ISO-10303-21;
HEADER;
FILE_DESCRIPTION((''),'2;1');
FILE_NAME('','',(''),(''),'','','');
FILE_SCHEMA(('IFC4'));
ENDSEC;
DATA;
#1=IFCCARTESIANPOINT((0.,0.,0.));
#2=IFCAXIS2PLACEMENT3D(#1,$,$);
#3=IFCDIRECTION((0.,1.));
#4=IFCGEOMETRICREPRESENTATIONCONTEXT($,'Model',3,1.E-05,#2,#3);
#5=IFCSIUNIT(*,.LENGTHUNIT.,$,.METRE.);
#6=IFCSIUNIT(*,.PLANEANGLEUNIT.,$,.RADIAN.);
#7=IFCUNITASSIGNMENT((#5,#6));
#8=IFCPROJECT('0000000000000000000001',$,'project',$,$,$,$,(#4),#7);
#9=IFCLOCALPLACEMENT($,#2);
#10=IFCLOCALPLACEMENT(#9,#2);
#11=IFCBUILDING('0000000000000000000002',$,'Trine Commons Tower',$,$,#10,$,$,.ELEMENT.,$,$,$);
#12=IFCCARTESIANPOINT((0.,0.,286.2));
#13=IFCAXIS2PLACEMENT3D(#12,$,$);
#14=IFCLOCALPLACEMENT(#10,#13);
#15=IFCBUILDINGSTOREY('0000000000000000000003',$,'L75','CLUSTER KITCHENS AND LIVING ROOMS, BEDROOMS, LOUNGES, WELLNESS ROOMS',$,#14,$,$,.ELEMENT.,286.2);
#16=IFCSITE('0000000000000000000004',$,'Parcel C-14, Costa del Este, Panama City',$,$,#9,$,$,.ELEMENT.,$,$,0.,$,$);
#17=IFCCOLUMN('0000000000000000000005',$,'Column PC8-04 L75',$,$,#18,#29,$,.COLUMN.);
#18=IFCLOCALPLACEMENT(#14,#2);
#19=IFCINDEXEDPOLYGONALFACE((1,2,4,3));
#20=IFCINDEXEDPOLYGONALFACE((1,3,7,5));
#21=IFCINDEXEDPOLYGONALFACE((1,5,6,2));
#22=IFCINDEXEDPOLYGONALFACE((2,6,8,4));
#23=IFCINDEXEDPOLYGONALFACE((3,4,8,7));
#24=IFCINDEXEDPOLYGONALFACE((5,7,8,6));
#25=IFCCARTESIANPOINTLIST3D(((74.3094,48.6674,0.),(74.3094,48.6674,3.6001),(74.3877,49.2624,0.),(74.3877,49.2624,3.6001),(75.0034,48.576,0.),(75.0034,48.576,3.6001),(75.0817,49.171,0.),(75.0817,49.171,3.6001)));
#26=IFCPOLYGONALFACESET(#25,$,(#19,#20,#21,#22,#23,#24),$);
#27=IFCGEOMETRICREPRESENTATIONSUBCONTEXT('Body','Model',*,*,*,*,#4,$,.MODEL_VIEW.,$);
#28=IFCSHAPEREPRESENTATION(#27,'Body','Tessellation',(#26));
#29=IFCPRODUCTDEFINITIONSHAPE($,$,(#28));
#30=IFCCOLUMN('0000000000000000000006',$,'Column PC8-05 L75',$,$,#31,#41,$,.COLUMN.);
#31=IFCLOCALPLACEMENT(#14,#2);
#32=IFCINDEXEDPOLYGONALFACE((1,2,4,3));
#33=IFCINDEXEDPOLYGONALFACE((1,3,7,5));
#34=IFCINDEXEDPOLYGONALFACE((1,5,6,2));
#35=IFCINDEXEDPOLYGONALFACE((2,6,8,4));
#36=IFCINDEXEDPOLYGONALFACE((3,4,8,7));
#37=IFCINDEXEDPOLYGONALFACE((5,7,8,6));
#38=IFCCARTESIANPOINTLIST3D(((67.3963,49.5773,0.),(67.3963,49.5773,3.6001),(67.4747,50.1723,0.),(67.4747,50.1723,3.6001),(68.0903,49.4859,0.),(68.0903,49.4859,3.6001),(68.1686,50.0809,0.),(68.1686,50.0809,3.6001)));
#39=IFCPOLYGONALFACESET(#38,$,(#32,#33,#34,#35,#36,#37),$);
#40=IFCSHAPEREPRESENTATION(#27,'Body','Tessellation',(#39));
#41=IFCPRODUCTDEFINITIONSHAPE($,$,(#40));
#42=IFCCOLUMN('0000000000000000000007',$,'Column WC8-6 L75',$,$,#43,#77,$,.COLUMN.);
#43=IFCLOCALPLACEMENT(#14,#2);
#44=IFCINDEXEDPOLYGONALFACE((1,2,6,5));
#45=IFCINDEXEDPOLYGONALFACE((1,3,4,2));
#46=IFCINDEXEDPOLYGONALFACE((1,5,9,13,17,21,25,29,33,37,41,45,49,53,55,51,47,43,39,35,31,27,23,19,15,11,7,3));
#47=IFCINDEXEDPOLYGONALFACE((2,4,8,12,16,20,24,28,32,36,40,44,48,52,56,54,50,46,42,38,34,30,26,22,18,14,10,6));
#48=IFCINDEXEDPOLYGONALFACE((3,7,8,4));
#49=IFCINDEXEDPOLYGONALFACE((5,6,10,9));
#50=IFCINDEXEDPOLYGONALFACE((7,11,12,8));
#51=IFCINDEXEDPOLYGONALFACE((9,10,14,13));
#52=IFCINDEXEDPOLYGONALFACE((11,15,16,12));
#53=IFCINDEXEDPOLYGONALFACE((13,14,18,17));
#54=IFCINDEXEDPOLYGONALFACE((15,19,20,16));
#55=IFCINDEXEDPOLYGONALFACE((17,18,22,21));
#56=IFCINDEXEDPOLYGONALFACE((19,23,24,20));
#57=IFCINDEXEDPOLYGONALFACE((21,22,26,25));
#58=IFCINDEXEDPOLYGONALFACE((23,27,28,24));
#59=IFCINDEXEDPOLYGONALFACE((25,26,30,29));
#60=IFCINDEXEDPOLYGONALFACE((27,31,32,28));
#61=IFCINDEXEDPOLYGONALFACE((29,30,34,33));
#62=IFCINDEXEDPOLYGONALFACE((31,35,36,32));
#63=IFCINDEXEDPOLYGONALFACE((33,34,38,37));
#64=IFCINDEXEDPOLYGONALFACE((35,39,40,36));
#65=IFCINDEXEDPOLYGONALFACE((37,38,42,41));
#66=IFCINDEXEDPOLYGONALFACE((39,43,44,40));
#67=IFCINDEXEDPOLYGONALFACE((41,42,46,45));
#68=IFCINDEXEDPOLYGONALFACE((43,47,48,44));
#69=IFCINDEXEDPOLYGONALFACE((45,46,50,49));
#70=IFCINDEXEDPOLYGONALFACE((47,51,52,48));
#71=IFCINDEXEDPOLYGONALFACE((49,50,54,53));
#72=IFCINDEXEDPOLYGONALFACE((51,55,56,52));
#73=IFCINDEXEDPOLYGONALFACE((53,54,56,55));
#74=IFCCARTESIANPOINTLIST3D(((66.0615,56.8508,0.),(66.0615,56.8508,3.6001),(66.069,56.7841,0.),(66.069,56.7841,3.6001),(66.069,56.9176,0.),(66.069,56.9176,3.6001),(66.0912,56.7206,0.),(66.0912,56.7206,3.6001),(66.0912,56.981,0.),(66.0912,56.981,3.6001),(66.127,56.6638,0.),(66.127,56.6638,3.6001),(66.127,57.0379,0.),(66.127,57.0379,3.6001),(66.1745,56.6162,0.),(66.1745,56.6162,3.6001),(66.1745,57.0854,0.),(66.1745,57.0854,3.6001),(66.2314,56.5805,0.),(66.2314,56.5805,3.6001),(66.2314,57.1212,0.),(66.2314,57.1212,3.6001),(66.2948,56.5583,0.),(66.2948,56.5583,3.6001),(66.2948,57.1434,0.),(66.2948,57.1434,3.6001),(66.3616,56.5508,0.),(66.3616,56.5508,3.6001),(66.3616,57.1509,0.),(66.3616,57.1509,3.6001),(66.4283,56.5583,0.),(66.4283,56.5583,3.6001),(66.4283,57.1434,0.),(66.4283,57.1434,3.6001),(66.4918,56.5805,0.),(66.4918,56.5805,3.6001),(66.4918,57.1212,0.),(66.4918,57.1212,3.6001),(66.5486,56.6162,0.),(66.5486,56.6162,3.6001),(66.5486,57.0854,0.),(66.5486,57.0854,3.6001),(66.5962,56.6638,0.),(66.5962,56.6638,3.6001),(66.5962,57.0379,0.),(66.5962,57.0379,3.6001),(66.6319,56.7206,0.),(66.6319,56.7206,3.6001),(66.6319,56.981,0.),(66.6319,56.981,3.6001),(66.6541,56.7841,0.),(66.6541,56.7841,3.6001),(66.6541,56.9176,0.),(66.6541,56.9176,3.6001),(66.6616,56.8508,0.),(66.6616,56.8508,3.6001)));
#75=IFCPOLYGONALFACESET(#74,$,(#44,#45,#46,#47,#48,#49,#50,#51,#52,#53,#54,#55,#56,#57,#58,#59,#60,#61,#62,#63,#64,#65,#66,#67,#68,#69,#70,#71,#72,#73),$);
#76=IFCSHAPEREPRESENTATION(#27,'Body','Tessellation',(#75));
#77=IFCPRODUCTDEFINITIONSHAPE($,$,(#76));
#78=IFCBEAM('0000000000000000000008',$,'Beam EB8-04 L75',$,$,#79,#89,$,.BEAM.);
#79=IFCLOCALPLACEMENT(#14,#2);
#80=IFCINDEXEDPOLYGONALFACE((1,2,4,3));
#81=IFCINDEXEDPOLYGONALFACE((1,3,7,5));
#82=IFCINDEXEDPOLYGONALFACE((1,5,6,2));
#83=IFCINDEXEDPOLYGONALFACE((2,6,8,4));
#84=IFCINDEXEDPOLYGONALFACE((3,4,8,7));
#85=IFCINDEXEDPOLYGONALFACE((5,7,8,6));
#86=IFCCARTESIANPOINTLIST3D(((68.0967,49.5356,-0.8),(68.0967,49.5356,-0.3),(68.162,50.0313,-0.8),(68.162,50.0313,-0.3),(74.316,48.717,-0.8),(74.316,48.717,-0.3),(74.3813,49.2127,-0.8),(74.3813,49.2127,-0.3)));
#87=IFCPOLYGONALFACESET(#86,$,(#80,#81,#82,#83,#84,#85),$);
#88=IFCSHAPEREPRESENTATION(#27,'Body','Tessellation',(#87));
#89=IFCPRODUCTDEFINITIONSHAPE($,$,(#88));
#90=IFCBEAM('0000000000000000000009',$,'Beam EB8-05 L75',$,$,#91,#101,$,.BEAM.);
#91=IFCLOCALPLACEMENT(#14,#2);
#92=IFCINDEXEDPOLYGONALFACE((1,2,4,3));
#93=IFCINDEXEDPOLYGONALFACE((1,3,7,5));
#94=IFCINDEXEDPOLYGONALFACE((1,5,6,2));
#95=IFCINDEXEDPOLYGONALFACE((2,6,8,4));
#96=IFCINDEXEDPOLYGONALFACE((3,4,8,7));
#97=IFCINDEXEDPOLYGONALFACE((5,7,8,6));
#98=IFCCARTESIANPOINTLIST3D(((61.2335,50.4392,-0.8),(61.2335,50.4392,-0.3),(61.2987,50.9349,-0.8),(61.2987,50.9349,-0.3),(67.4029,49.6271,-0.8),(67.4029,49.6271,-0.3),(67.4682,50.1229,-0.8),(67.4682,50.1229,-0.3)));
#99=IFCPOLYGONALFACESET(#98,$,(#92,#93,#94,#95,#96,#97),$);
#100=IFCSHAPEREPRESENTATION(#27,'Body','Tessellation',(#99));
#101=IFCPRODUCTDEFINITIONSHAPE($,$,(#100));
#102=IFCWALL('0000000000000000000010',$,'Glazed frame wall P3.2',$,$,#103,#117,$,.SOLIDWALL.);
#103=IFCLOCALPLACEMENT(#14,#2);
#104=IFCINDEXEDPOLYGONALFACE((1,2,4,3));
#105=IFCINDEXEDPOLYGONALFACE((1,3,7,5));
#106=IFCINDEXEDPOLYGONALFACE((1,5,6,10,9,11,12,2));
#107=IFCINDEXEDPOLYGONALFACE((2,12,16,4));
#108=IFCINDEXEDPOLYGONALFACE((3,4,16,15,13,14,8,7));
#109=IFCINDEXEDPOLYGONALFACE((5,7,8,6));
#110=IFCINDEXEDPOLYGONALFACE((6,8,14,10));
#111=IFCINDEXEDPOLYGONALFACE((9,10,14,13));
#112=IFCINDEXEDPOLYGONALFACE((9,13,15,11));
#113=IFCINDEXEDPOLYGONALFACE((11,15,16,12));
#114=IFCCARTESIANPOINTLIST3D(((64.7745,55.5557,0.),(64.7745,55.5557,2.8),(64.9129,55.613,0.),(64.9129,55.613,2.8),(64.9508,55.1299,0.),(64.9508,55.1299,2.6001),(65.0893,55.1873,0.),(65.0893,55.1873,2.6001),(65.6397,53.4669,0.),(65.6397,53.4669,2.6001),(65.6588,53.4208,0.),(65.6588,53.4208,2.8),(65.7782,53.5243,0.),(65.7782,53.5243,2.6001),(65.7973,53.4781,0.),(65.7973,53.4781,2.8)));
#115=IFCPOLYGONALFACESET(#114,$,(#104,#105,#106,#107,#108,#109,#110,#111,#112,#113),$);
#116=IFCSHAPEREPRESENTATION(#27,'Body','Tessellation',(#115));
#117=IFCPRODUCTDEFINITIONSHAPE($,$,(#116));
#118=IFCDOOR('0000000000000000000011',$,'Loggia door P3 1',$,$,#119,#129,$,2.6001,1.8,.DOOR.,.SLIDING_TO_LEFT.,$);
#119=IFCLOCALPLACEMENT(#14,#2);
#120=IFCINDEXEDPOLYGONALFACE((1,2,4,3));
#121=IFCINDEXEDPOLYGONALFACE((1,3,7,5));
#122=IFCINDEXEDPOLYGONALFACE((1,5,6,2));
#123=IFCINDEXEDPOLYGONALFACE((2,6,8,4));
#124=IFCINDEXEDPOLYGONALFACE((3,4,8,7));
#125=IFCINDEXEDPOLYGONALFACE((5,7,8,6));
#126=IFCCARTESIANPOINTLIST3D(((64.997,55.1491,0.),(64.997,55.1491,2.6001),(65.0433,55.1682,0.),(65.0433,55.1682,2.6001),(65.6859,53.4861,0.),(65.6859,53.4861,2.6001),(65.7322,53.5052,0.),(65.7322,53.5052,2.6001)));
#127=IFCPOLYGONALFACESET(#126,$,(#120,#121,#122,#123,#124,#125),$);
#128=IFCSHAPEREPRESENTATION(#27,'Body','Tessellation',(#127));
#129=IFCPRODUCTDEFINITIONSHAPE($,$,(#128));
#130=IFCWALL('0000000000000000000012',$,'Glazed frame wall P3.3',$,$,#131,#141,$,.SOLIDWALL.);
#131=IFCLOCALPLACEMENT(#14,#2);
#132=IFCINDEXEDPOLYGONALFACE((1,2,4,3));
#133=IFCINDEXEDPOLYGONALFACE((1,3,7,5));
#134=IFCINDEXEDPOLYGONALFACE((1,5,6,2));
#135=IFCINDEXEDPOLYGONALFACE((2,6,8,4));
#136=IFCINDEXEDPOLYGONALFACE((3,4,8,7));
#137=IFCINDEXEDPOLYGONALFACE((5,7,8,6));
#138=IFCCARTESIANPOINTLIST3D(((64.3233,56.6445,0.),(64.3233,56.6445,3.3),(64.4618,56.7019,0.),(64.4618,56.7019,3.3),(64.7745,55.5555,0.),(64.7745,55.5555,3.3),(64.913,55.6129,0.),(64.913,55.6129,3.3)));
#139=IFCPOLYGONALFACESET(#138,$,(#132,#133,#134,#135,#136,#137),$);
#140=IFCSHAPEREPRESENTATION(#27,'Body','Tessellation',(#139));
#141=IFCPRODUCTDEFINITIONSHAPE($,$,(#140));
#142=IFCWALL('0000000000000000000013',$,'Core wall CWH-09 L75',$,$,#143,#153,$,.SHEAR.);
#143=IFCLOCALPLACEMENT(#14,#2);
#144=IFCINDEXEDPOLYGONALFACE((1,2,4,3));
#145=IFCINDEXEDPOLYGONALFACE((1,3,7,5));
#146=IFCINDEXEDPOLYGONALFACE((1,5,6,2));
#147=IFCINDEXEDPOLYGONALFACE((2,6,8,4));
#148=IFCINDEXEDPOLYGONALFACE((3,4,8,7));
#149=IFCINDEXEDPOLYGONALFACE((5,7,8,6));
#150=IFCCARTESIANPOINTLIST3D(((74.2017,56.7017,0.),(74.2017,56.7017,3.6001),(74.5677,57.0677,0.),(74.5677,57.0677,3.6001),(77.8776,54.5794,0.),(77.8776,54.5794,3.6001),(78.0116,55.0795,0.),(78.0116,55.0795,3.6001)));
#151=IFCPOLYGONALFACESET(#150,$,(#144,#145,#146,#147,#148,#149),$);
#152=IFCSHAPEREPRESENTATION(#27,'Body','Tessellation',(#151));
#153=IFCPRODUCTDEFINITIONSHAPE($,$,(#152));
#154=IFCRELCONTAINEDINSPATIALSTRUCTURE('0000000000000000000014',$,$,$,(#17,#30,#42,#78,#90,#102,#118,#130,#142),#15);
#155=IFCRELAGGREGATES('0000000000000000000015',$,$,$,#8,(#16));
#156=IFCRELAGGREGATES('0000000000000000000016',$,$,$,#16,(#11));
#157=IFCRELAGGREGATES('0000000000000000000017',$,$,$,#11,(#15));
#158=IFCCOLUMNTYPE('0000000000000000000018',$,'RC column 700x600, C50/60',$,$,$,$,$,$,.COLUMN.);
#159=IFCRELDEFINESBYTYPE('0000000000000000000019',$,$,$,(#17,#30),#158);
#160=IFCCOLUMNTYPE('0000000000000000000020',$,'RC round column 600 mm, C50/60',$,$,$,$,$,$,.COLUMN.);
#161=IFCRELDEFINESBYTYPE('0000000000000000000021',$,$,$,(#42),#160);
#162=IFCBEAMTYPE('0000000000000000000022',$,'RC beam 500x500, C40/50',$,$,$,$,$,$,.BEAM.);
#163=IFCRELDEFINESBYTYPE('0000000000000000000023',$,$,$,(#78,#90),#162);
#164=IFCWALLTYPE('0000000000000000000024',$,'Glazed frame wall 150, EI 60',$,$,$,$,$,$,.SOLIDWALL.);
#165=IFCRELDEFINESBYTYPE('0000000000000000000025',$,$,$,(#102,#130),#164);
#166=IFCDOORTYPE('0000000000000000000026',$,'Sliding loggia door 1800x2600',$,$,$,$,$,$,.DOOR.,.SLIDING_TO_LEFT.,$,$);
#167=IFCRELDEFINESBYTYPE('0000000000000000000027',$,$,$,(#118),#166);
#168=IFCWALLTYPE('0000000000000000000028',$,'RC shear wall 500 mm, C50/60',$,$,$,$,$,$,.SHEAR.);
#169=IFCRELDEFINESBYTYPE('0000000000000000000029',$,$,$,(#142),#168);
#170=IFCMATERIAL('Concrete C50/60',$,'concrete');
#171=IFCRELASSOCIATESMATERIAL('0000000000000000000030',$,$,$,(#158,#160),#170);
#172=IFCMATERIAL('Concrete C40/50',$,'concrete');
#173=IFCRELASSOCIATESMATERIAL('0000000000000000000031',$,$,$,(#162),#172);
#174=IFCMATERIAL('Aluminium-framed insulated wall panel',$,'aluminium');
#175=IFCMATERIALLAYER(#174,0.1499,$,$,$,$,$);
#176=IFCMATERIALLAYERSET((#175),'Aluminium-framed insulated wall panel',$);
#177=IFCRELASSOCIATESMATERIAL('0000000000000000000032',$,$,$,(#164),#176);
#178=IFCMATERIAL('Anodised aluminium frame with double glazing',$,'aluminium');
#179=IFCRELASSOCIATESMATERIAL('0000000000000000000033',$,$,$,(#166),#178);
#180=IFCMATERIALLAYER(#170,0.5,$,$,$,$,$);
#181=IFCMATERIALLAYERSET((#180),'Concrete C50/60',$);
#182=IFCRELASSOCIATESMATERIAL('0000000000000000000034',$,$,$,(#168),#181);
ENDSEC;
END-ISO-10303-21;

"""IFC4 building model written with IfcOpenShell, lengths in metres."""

from ifc_helpers import new_model, si_unit, direction, frame, frame_2d, origin, origin_2d, place, context, subcontext, project, spatial, polyline, rectangle, circle, outline, extrude, material, layer, layer_set, material_profile, profile_set, type_object, element, fill, save


model = new_model("IFC4")

# Units and contexts
model_context = context("Model", 3, precision=1e-05, world=origin(), true_north=direction((0.0, 1.0)))
body_context = subcontext(model_context, "Body", "Model", "MODEL_VIEW")
ifc_project = project(units=[si_unit("LENGTHUNIT", "METRE"), si_unit("PLANEANGLEUNIT", "RADIAN")], contexts=[model_context])

# Site, building, storey
site_placement = place(None, origin())
site = spatial("IfcSite", under=ifc_project, at=site_placement, Name="Parcel C-14, Costa del Este, Panama City", CompositionType="ELEMENT", RefElevation=0.0)
building_placement = place(site_placement, origin())
building = spatial("IfcBuilding", under=site, at=building_placement, Name="Trine Commons Tower", CompositionType="ELEMENT")
storey_placement = place(building_placement, frame((0.0, 0.0, 286.2)))
storey = spatial("IfcBuildingStorey", under=building, at=storey_placement, Name="L75", Description="CLUSTER KITCHENS AND LIVING ROOMS, BEDROOMS, LOUNGES, WELLNESS ROOMS", CompositionType="ELEMENT", Elevation=286.2)

# Columns
ifc_material_1 = material(Name="Concrete C50/60", Category="concrete")
ifc_material_profile_1 = material_profile(ifc_material_1, rectangle(XDim=0.7, YDim=0.6001, at=origin_2d()), Name="RC 700x600")
ifc_profile_set_1 = profile_set([ifc_material_profile_1], Name="Concrete C50/60")
column_type_1 = type_object("IfcColumnType", Name="RC column 700x600, C50/60", PredefinedType="COLUMN", material=ifc_profile_set_1)
for number, where, z_axis, x_axis, name in (
    (1, (74.6956, 48.9192, 0.0), (0.0, 0.0, 1.0), (-0.991445, 0.130526, 0.0), "Column PC8-04 L75"),
    (2, (67.7825, 49.8291, 0.0), (0.0, 0.0, 1.0), (-0.991445, 0.130526, 0.0), "Column PC8-05 L75"),
):
    element("IfcColumn", number, at=place(storey_placement, frame(where, z_axis=z_axis, x_axis=x_axis)), inside=storey, type_object=column_type_1, Name=name, PredefinedType="COLUMN", context=body_context, shape_type="SweptSolid", body=[
        extrude(rectangle(XDim=0.7, YDim=0.6001, at=origin_2d()), origin(), (0.0, 0.0, 1.0), 3.6001),
    ])
ifc_material_profile_2 = material_profile(ifc_material_1, circle(Radius=0.3, at=origin_2d()), Name="RC round 600")
ifc_profile_set_2 = profile_set([ifc_material_profile_2], Name="Concrete C50/60")
column_type_2 = type_object("IfcColumnType", Name="RC round column 600 mm, C50/60", PredefinedType="COLUMN", material=ifc_profile_set_2)
column_placement = place(storey_placement, frame((66.3616, 56.8508, 0.0), z_axis=(0.0, 0.0, 1.0), x_axis=(1.0, 0.0, 0.0)))
element("IfcColumn", 3, at=column_placement, inside=storey, type_object=column_type_2, Name="Column WC8-6 L75", PredefinedType="COLUMN", context=body_context, shape_type="SweptSolid", body=[
    extrude(circle(Radius=0.3, at=origin_2d()), origin(), (0.0, 0.0, 1.0), 3.6001),
])

# Beams
ifc_material_2 = material(Name="Concrete C40/50", Category="concrete")
ifc_material_profile_3 = material_profile(ifc_material_2, rectangle(XDim=0.5, YDim=0.5, at=origin_2d()), Name="RC 500x500")
ifc_profile_set_3 = profile_set([ifc_material_profile_3], Name="Concrete C40/50")
beam_type = type_object("IfcBeamType", Name="RC beam 500x500, C40/50", PredefinedType="BEAM", material=ifc_profile_set_3)
beam_1_placement = place(storey_placement, frame((74.3486, 48.9648, -0.55), z_axis=(-0.991448, 0.130499, 0.0), x_axis=(-0.130499, -0.991448, 0.0)))
element("IfcBeam", 4, at=beam_1_placement, inside=storey, type_object=beam_type, Name="Beam EB8-04 L75", PredefinedType="BEAM", context=body_context, shape_type="SweptSolid", body=[
    extrude(rectangle(XDim=0.5, YDim=0.5, at=origin_2d()), origin(), (0.0, 0.0, 1.0), 6.2729),
])
beam_2_placement = place(storey_placement, frame((67.4355, 49.875, -0.55), z_axis=(-0.991449, 0.130493, 0.0), x_axis=(-0.130493, -0.991449, 0.0)))
element("IfcBeam", 5, at=beam_2_placement, inside=storey, type_object=beam_type, Name="Beam EB8-05 L75", PredefinedType="BEAM", context=body_context, shape_type="SweptSolid", body=[
    extrude(rectangle(XDim=0.5, YDim=0.5, at=origin_2d()), origin(), (0.0, 0.0, 1.0), 6.2227),
])

# Shared definitions
ifc_material_3 = material(Name="Aluminium-framed insulated wall panel", Category="aluminium")
ifc_layer_1 = layer(ifc_material_3, 0.1499)
ifc_layer_set_1 = layer_set([ifc_layer_1], Name="Aluminium-framed insulated wall panel")
wall_type_1 = type_object("IfcWallType", Name="Glazed frame wall 150, EI 60", PredefinedType="SOLIDWALL", material=ifc_layer_set_1)

# Wall, opening, door
wall_1_placement = place(storey_placement, frame((65.728, 53.4495, 0.0), z_axis=(0.0, 0.0, 1.0), x_axis=(-0.382694, 0.923875, 0.0)))
wall_1 = element("IfcWall", 6, at=wall_1_placement, inside=storey, type_object=wall_type_1, Name="Glazed frame wall P3.2", PredefinedType="SOLIDWALL", context=body_context, shape_type="SweptSolid", body=[
    extrude(outline(polyline([(0.0, -0.075), (2.3108, -0.075), (2.3108, 0.075), (0.0, 0.075), (0.0, -0.075)])), origin(), (0.0, 0.0, 1.0), 2.8),
])
opening_1_placement = place(wall_1_placement, frame((0.05, 0.0, 0.0)))
opening_1 = element("IfcOpeningElement", 7, at=opening_1_placement, cuts=wall_1, PredefinedType="OPENING", context=body_context, shape_type="SweptSolid", body=[
    extrude(rectangle(XDim=1.8, YDim=2.6001, at=frame_2d((0.8999, 1.3))), frame((0.0, 0.085, 0.0), z_axis=(0.0, -1.0, 0.0), x_axis=(1.0, 0.0, 0.0)), (0.0, 0.0, 1.0), 0.1699),
])
ifc_material_4 = material(Name="Anodised aluminium frame with double glazing", Category="aluminium")
door_type_1 = type_object("IfcDoorType", Name="Sliding loggia door 1800x2600", OperationType="SLIDING_TO_LEFT", PredefinedType="DOOR", material=ifc_material_4)
door_1_placement = place(opening_1_placement, origin())
door_1 = element("IfcDoor", 8, at=door_1_placement, inside=storey, type_object=door_type_1, Name="Loggia door P3 1", OperationType="SLIDING_TO_LEFT", OverallHeight=2.6001, OverallWidth=1.8, PredefinedType="DOOR", context=body_context, shape_type="SweptSolid", body=[
    extrude(rectangle(XDim=1.8, YDim=2.6001, at=frame_2d((0.8999, 1.3))), frame((0.0, 0.0249, 0.0), z_axis=(0.0, -1.0, 0.0), x_axis=(1.0, 0.0, 0.0)), (0.0, 0.0, 1.0), 0.05),
])
fill(opening_1, door_1)

# Walls
wall_2_placement = place(storey_placement, frame((64.8438, 55.5842, 0.0), z_axis=(0.0, 0.0, 1.0), x_axis=(-0.382791, 0.923835, 0.0)))
element("IfcWall", 9, at=wall_2_placement, inside=storey, type_object=wall_type_1, Name="Glazed frame wall P3.3", PredefinedType="SOLIDWALL", context=body_context, shape_type="SweptSolid", body=[
    extrude(outline(polyline([(0.0, -0.075), (1.1787, -0.075), (1.1787, 0.075), (0.0, 0.075), (0.0, -0.075)])), origin(), (0.0, 0.0, 1.0), 3.3),
])
ifc_layer_2 = layer(ifc_material_1, 0.5)
ifc_layer_set_2 = layer_set([ifc_layer_2], Name="Concrete C50/60")
wall_type_2 = type_object("IfcWallType", Name="RC shear wall 500 mm, C50/60", PredefinedType="SHEAR", material=ifc_layer_set_2)
wall_3_placement = place(storey_placement, frame((74.3267, 56.9182, 0.0), z_axis=(0.0, 0.0, 1.0), x_axis=(0.866029, -0.499993, 0.0)))
element("IfcWall", 10, at=wall_3_placement, inside=storey, type_object=wall_type_2, Name="Core wall CWH-09 L75", PredefinedType="SHEAR", context=body_context, shape_type="SweptSolid", body=[
    extrude(outline(polyline([(0.0, -0.25), (4.2446, -0.25), (4.1106, 0.25), (0.134, 0.25), (0.0, -0.25)])), origin(), (0.0, 0.0, 1.0), 3.6001),
])

save(model, "model.ifc")
